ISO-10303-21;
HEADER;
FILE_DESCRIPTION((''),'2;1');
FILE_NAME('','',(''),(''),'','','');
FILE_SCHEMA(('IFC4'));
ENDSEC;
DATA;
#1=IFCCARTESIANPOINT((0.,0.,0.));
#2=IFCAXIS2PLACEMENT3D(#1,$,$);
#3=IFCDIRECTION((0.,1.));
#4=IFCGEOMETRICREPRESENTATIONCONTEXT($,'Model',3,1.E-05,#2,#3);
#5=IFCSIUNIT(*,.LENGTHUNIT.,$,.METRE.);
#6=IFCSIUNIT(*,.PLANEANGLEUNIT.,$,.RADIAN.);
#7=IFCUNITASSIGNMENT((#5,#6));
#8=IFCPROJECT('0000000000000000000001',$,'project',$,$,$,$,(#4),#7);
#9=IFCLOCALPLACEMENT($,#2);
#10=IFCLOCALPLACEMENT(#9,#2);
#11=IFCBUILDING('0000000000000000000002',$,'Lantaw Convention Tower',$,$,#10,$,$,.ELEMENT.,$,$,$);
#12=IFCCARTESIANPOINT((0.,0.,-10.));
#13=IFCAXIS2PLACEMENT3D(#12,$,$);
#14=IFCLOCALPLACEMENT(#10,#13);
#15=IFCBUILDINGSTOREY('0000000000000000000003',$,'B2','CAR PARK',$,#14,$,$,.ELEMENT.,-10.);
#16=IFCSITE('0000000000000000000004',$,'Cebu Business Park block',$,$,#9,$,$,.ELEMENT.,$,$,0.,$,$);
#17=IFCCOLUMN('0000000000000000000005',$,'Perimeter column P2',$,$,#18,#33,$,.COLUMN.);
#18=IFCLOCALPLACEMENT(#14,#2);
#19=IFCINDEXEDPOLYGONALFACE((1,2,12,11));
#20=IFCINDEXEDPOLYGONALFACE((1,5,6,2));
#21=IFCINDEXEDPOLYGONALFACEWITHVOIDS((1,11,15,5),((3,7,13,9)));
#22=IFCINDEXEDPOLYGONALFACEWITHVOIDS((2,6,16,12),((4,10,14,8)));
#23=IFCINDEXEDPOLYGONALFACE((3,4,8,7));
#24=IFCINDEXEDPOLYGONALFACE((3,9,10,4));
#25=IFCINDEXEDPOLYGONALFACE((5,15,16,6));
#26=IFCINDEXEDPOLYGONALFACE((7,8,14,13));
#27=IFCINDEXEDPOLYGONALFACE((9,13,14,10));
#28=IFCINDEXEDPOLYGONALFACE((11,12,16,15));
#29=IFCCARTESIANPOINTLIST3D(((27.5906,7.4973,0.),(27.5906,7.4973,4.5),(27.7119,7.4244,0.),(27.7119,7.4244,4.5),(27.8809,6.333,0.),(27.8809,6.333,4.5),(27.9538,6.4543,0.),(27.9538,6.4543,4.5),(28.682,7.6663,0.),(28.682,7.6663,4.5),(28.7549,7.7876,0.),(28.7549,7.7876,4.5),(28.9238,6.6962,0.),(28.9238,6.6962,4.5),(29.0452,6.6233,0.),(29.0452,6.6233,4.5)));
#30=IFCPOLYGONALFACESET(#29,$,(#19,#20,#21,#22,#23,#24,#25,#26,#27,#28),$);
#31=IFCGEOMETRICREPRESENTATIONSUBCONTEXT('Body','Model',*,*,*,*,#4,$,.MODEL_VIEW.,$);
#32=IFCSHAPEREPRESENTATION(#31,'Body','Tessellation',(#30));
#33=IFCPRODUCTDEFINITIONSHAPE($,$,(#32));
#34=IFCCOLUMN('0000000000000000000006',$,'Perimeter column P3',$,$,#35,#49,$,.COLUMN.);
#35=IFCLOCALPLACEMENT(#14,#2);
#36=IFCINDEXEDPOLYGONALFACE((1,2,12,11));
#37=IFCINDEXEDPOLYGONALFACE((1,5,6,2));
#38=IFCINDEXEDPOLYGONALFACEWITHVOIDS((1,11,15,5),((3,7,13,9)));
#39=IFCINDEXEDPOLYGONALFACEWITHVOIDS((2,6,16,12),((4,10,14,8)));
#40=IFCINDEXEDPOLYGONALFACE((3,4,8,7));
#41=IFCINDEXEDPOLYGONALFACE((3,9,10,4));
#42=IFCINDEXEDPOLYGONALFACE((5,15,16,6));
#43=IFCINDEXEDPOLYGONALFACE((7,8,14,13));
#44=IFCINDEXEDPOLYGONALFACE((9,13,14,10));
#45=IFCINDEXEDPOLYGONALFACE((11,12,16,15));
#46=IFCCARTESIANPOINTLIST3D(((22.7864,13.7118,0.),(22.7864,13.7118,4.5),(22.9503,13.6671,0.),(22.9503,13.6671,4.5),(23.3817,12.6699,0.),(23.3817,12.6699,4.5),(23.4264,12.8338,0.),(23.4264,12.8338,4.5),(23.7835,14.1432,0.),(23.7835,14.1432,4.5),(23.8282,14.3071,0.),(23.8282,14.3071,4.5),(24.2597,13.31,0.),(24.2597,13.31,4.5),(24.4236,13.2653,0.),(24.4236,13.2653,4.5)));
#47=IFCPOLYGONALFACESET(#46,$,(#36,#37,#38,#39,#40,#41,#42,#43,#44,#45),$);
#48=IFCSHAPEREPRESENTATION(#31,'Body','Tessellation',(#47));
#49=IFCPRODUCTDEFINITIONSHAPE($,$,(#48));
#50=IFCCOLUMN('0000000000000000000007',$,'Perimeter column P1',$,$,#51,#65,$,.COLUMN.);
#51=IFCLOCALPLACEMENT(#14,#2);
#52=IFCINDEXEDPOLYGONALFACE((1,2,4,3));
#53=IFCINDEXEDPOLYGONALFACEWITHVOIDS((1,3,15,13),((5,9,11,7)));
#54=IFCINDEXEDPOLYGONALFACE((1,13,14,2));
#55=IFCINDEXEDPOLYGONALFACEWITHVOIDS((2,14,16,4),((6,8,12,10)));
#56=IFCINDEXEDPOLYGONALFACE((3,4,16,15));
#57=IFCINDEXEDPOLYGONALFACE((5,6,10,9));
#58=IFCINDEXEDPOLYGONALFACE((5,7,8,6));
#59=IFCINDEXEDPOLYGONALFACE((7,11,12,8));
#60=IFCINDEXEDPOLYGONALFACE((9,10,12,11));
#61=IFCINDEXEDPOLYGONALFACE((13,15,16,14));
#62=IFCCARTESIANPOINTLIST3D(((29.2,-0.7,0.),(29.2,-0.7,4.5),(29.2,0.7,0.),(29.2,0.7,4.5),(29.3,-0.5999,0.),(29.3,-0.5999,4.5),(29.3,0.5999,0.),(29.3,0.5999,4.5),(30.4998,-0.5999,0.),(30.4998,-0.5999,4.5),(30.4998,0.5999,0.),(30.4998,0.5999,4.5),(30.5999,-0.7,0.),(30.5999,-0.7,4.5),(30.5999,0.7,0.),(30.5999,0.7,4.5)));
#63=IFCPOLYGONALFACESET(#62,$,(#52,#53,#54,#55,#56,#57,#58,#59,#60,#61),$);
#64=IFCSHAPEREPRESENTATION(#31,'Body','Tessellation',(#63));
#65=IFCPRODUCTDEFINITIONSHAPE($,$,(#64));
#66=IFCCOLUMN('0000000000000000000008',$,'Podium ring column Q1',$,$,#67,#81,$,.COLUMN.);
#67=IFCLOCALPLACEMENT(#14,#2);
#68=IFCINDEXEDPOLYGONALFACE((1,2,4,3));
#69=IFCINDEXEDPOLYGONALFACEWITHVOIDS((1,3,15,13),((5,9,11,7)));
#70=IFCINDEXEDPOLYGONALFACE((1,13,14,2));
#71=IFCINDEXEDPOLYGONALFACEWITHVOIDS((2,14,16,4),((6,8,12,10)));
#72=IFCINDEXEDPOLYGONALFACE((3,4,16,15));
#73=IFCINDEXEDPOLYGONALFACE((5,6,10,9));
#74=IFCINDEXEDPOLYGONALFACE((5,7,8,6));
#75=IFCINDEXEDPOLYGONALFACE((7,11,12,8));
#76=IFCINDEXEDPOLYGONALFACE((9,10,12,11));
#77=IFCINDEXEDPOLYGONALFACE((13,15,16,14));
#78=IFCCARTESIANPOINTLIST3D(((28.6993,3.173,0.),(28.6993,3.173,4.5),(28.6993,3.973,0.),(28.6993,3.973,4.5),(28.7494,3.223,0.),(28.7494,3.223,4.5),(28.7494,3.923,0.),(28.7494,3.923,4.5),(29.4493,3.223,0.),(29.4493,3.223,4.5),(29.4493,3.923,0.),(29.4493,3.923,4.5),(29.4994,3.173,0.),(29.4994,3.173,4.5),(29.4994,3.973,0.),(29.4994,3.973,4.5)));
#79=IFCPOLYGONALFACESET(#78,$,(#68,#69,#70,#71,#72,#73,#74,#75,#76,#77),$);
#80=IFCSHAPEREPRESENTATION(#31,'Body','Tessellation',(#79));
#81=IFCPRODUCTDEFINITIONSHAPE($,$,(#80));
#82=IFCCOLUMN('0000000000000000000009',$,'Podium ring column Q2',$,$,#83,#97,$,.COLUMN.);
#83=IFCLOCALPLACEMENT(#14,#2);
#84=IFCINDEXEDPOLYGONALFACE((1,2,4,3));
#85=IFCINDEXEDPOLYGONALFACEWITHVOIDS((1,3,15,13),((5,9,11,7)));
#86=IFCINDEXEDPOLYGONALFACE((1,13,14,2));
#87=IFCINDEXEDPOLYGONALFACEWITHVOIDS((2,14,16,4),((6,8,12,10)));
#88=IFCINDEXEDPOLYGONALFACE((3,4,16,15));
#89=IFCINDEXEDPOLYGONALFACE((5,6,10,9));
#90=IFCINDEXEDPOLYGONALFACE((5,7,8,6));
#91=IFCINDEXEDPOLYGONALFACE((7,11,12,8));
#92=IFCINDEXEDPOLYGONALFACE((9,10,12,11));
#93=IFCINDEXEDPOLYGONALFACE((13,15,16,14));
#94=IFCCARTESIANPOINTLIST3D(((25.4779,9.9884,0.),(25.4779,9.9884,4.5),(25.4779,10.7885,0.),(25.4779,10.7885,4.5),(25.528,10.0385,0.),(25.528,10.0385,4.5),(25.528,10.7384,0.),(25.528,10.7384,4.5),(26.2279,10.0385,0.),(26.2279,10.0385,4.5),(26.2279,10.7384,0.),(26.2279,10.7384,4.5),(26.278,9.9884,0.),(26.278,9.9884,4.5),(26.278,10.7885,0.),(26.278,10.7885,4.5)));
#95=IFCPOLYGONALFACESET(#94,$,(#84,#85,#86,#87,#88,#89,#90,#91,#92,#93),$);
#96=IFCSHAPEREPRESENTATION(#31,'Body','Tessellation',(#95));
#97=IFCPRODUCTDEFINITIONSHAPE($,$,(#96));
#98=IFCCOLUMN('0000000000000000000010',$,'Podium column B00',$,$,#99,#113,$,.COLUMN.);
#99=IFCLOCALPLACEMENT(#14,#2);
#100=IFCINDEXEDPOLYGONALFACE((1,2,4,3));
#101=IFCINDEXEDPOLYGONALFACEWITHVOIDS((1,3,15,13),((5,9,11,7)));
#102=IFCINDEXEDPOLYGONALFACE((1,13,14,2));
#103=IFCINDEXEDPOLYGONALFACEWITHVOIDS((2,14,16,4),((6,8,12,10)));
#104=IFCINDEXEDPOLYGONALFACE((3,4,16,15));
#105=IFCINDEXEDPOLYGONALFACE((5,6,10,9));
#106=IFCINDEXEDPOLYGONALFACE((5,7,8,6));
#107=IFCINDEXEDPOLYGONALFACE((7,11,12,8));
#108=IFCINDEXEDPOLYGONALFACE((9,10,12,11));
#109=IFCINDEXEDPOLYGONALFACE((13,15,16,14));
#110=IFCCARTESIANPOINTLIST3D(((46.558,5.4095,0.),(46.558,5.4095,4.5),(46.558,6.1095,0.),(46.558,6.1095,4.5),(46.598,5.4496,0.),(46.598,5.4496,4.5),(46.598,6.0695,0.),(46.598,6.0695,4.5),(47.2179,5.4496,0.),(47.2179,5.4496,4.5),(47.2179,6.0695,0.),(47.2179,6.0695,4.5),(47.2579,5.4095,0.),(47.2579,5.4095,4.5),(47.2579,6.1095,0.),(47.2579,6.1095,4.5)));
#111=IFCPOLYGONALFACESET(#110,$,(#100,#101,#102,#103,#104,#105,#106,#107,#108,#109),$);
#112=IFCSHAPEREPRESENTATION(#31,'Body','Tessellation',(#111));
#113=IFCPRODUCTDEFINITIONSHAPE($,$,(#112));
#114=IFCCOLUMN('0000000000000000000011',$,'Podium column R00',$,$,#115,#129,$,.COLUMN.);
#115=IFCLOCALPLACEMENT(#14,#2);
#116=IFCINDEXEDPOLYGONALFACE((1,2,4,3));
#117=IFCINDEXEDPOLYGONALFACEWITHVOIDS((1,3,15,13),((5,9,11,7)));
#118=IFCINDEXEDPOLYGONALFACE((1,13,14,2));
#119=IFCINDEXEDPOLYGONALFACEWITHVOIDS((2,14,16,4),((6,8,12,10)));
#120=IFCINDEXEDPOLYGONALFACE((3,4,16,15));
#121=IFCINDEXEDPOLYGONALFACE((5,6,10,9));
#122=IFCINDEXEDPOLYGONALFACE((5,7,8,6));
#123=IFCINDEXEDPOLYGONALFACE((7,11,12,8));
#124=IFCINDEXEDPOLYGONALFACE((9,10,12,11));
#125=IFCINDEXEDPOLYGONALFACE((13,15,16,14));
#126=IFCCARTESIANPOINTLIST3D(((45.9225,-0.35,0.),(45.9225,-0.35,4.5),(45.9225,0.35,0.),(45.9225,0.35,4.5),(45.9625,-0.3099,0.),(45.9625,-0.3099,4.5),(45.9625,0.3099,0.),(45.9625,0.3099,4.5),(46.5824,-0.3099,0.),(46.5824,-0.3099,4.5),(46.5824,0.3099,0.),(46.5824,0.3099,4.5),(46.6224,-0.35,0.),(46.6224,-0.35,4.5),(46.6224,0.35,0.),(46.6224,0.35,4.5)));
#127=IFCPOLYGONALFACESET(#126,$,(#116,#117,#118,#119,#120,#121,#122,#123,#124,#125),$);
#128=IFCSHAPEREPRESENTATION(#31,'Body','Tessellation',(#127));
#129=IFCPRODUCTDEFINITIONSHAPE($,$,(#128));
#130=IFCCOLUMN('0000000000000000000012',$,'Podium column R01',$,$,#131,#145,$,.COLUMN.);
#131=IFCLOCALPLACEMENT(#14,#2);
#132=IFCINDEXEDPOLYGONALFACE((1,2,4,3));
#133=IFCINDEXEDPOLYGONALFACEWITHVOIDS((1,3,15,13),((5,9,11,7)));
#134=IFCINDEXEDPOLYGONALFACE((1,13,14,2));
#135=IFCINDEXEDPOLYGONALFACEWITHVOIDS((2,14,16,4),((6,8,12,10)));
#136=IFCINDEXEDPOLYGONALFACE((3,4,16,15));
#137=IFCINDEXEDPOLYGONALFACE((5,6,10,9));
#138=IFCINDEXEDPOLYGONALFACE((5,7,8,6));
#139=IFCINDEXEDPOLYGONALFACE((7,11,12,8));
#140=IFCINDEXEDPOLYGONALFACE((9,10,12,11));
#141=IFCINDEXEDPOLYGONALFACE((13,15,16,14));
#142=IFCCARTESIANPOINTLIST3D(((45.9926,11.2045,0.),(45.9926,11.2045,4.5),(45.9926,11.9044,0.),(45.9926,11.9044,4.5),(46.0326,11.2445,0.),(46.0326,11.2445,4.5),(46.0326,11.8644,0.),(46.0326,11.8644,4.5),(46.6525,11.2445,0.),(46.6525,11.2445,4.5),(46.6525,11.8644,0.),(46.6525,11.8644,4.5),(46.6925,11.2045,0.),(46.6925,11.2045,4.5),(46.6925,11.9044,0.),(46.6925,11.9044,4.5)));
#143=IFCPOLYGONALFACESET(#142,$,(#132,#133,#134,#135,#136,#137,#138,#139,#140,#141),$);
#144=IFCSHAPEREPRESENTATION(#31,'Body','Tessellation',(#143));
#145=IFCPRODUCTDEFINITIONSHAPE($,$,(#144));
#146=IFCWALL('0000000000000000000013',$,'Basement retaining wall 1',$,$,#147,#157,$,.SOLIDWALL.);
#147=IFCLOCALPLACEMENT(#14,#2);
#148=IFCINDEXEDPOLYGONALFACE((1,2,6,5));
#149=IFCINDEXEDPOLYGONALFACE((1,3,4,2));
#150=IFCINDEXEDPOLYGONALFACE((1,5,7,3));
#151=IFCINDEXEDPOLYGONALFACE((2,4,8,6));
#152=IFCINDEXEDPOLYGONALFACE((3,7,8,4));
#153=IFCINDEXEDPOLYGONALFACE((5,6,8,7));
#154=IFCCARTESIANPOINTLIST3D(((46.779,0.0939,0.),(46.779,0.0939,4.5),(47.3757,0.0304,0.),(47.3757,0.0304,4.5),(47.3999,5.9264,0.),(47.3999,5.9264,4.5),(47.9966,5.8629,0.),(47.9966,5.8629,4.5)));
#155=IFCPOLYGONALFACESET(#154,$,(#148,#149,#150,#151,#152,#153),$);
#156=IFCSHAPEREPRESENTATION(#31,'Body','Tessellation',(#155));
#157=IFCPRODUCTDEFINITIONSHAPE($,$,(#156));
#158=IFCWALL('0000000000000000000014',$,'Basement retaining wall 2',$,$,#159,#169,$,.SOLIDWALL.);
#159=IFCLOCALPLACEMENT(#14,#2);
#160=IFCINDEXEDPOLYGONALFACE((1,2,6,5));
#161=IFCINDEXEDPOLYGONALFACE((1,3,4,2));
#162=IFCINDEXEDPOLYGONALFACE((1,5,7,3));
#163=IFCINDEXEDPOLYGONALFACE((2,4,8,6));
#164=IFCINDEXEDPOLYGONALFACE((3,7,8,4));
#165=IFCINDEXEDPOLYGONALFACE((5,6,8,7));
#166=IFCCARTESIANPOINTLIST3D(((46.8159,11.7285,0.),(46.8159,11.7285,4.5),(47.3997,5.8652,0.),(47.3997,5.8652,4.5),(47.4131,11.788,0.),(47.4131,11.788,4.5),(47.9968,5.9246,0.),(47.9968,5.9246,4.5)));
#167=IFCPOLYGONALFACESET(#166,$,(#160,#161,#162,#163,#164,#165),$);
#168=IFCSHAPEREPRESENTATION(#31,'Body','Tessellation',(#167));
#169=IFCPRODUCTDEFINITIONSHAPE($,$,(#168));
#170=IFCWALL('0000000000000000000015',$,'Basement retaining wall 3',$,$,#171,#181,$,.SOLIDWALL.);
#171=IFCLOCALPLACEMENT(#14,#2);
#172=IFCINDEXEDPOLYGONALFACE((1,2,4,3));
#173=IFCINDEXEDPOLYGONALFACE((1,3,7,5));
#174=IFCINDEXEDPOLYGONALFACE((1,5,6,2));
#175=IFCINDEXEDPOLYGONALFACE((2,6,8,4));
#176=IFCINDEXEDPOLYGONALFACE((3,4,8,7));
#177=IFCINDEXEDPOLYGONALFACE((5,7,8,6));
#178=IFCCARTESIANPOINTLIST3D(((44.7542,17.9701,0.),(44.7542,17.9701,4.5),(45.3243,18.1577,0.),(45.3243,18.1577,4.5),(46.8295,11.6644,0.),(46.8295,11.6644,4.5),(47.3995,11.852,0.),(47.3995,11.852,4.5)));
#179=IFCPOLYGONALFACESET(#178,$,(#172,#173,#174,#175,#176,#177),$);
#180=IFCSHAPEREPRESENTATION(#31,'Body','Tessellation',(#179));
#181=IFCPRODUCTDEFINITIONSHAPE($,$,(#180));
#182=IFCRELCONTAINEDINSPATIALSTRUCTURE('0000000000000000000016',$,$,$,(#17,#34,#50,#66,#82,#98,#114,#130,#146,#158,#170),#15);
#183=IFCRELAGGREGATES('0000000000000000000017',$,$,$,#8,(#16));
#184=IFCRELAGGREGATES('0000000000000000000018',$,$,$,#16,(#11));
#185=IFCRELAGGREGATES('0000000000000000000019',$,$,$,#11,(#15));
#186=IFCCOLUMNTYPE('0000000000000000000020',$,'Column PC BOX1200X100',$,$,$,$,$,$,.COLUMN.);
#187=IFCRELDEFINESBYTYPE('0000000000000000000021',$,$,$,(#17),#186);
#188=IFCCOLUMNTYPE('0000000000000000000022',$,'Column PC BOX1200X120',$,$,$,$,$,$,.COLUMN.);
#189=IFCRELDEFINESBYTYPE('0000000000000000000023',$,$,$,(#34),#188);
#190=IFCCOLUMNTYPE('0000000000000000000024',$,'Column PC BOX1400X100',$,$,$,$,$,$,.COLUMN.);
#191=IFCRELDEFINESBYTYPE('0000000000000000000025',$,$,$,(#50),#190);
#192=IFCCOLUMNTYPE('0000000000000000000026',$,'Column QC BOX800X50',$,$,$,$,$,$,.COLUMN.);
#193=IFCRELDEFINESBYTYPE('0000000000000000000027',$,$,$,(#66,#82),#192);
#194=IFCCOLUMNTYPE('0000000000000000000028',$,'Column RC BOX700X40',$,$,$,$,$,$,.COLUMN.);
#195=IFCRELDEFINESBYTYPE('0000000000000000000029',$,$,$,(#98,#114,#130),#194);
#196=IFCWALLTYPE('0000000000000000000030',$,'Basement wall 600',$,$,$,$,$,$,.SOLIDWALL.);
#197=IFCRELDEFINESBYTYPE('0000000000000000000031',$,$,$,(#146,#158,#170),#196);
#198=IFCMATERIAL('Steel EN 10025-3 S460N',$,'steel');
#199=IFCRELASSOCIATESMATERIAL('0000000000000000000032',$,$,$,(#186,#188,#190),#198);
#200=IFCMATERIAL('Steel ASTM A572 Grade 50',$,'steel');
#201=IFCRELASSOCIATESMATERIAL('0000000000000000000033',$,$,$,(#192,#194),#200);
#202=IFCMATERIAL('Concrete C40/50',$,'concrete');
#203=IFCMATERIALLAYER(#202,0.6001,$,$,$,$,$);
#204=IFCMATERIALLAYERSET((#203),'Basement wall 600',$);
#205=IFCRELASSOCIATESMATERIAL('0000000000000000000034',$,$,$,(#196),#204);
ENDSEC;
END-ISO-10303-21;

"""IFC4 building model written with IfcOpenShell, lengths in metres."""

from ifc_helpers import new_model, si_unit, direction, frame, frame_2d, origin, origin_2d, place, context, subcontext, project, spatial, rectangle, hollow_rectangle, extrude, material, layer, layer_set, material_profile, profile_set, type_object, element, save


model = new_model("IFC4")

# Units and contexts
model_context = context("Model", 3, precision=1e-05, world=origin(), true_north=direction((0.0, 1.0)))
body_context = subcontext(model_context, "Body", "Model", "MODEL_VIEW")
ifc_project = project(units=[si_unit("LENGTHUNIT", "METRE"), si_unit("PLANEANGLEUNIT", "RADIAN")], contexts=[model_context])

# Site, building, storey
site_placement = place(None, origin())
site = spatial("IfcSite", under=ifc_project, at=site_placement, Name="Cebu Business Park block", CompositionType="ELEMENT", RefElevation=0.0)
building_placement = place(site_placement, origin())
building = spatial("IfcBuilding", under=site, at=building_placement, Name="Lantaw Convention Tower", CompositionType="ELEMENT")
storey_placement = place(building_placement, frame((0.0, 0.0, -10.0)))
storey = spatial("IfcBuildingStorey", under=building, at=storey_placement, Name="B2", Description="CAR PARK", CompositionType="ELEMENT", Elevation=-10.0)

# Columns
ifc_material_1 = material(Name="Steel EN 10025-3 S460N", Category="steel")
ifc_material_2 = material(Name="Concrete C60/75", Category="concrete")
ifc_material_profile_1 = material_profile(ifc_material_1, hollow_rectangle(XDim=1.2, YDim=1.2, WallThickness=0.1001, at=origin_2d()), Name="BOX1200X100")
ifc_material_profile_2 = material_profile(ifc_material_2, rectangle(XDim=1.0, YDim=1.0, at=origin_2d()), Name="Concrete fill of BOX1200X100")
ifc_profile_set_1 = profile_set([ifc_material_profile_1, ifc_material_profile_2], Name="Steel EN 10025-3 S460N")
column_type_1 = type_object("IfcColumnType", Name="Column PC BOX1200X100", PredefinedType="COLUMN", material=ifc_profile_set_1)
column_1_placement = place(storey_placement, frame((28.3179, 7.0603, 0.0), z_axis=(0.0, 0.0, 1.0), x_axis=(0.970296, 0.241922, 0.0)))
element("IfcColumn", 1, at=column_1_placement, inside=storey, type_object=column_type_1, Name="Perimeter column P2", PredefinedType="COLUMN", context=body_context, shape_type="SweptSolid", body=[
    extrude(hollow_rectangle(XDim=1.2, YDim=1.2, WallThickness=0.1001, at=origin_2d()), origin(), (0.0, 0.0, 1.0), 4.5),
])
ifc_material_profile_3 = material_profile(ifc_material_1, hollow_rectangle(XDim=1.2, YDim=1.2, WallThickness=0.1201, at=origin_2d()), Name="BOX1200X120")
ifc_material_profile_4 = material_profile(ifc_material_2, rectangle(XDim=0.96, YDim=0.96, at=origin_2d()), Name="Concrete fill of BOX1200X120")
ifc_profile_set_2 = profile_set([ifc_material_profile_3, ifc_material_profile_4], Name="Steel EN 10025-3 S460N")
column_type_2 = type_object("IfcColumnType", Name="Column PC BOX1200X120", PredefinedType="COLUMN", material=ifc_profile_set_2)
column_2_placement = place(storey_placement, frame((23.605, 13.4885, 0.0), z_axis=(0.0, 0.0, 1.0), x_axis=(0.868243, 0.496139, 0.0)))
element("IfcColumn", 2, at=column_2_placement, inside=storey, type_object=column_type_2, Name="Perimeter column P3", PredefinedType="COLUMN", context=body_context, shape_type="SweptSolid", body=[
    extrude(hollow_rectangle(XDim=1.2, YDim=1.2, WallThickness=0.1201, at=origin_2d()), origin(), (0.0, 0.0, 1.0), 4.5),
])
ifc_material_profile_5 = material_profile(ifc_material_1, hollow_rectangle(XDim=1.3999, YDim=1.3999, WallThickness=0.1001, at=origin_2d()), Name="BOX1400X100")
ifc_material_profile_6 = material_profile(ifc_material_2, rectangle(XDim=1.2, YDim=1.2, at=origin_2d()), Name="Concrete fill of BOX1400X100")
ifc_profile_set_3 = profile_set([ifc_material_profile_5, ifc_material_profile_6], Name="Steel EN 10025-3 S460N")
column_type_3 = type_object("IfcColumnType", Name="Column PC BOX1400X100", PredefinedType="COLUMN", material=ifc_profile_set_3)
column_3_placement = place(storey_placement, frame((29.8999, 0.0, 0.0), z_axis=(0.0, 0.0, 1.0), x_axis=(1.0, 0.0, 0.0)))
element("IfcColumn", 3, at=column_3_placement, inside=storey, type_object=column_type_3, Name="Perimeter column P1", PredefinedType="COLUMN", context=body_context, shape_type="SweptSolid", body=[
    extrude(hollow_rectangle(XDim=1.3999, YDim=1.3999, WallThickness=0.1001, at=origin_2d()), origin(), (0.0, 0.0, 1.0), 4.5),
])
ifc_material_3 = material(Name="Steel ASTM A572 Grade 50", Category="steel")
ifc_material_profile_7 = material_profile(ifc_material_3, hollow_rectangle(XDim=0.8, YDim=0.8, WallThickness=0.05, at=origin_2d()), Name="BOX800X50")
ifc_profile_set_4 = profile_set([ifc_material_profile_7], Name="Steel ASTM A572 Grade 50")
column_type_4 = type_object("IfcColumnType", Name="Column QC BOX800X50", PredefinedType="COLUMN", material=ifc_profile_set_4)
for number, where, z_axis, x_axis, name in (
    (4, (29.0994, 3.573, 0.0), (0.0, 0.0, 1.0), (1.0, 0.0, 0.0), "Podium ring column Q1"),
    (5, (25.8779, 10.3884, 0.0), (0.0, 0.0, 1.0), (1.0, 0.0, 0.0), "Podium ring column Q2"),
):
    element("IfcColumn", number, at=place(storey_placement, frame(where, z_axis=z_axis, x_axis=x_axis)), inside=storey, type_object=column_type_4, Name=name, PredefinedType="COLUMN", context=body_context, shape_type="SweptSolid", body=[
        extrude(hollow_rectangle(XDim=0.8, YDim=0.8, WallThickness=0.05, at=origin_2d()), origin(), (0.0, 0.0, 1.0), 4.5),
    ])
ifc_material_profile_8 = material_profile(ifc_material_3, hollow_rectangle(XDim=0.7, YDim=0.7, WallThickness=0.04, at=origin_2d()), Name="BOX700X40")
ifc_profile_set_5 = profile_set([ifc_material_profile_8], Name="Steel ASTM A572 Grade 50")
column_type_5 = type_object("IfcColumnType", Name="Column RC BOX700X40", PredefinedType="COLUMN", material=ifc_profile_set_5)
for number, where, z_axis, x_axis, name in (
    (6, (46.908, 5.7595, 0.0), (0.0, 0.0, 1.0), (1.0, 0.0, 0.0), "Podium column B00"),
    (7, (46.2725, 0.0, 0.0), (0.0, 0.0, 1.0), (1.0, 0.0, 0.0), "Podium column R00"),
    (8, (46.3425, 11.5544, 0.0), (0.0, 0.0, 1.0), (1.0, 0.0, 0.0), "Podium column R01"),
):
    element("IfcColumn", number, at=place(storey_placement, frame(where, z_axis=z_axis, x_axis=x_axis)), inside=storey, type_object=column_type_5, Name=name, PredefinedType="COLUMN", context=body_context, shape_type="SweptSolid", body=[
        extrude(hollow_rectangle(XDim=0.7, YDim=0.7, WallThickness=0.04, at=origin_2d()), origin(), (0.0, 0.0, 1.0), 4.5),
    ])

# Walls
ifc_material_4 = material(Name="Concrete C40/50", Category="concrete")
ifc_layer_1 = layer(ifc_material_4, 0.6001)
ifc_layer_set_1 = layer_set([ifc_layer_1], Name="Basement wall 600")
wall_type_1 = type_object("IfcWallType", Name="Basement wall 600", PredefinedType="SOLIDWALL", material=ifc_layer_set_1)
wall_1_placement = place(storey_placement, frame((47.0774, 0.0623, 0.0), z_axis=(0.0, 0.0, 1.0), x_axis=(0.105848, 0.994382, 0.0)))
element("IfcWall", 9, at=wall_1_placement, inside=storey, type_object=wall_type_1, Name="Basement retaining wall 1", PredefinedType="SOLIDWALL", context=body_context, shape_type="SweptSolid", body=[
    extrude(rectangle(XDim=5.8655, YDim=0.6001, at=frame_2d((2.9326, 0.0))), origin(), (0.0, 0.0, 1.0), 4.5),
])
wall_2_placement = place(storey_placement, frame((47.6982, 5.8948, 0.0), z_axis=(0.0, 0.0, 1.0), x_axis=(-0.099069, 0.995081, 0.0)))
element("IfcWall", 10, at=wall_2_placement, inside=storey, type_object=wall_type_1, Name="Basement retaining wall 2", PredefinedType="SOLIDWALL", context=body_context, shape_type="SweptSolid", body=[
    extrude(rectangle(XDim=5.8923, YDim=0.6001, at=frame_2d((2.9463, 0.0))), origin(), (0.0, 0.0, 1.0), 4.5),
])
wall_3_placement = place(storey_placement, frame((47.1145, 11.7581, 0.0), z_axis=(0.0, 0.0, 1.0), x_axis=(-0.312607, 0.949883, 0.0)))
element("IfcWall", 11, at=wall_3_placement, inside=storey, type_object=wall_type_1, Name="Basement retaining wall 3", PredefinedType="SOLIDWALL", context=body_context, shape_type="SweptSolid", body=[
    extrude(rectangle(XDim=6.6384, YDim=0.6001, at=frame_2d((3.3193, 0.0))), origin(), (0.0, 0.0, 1.0), 4.5),
])

save(model, "model.ifc")
